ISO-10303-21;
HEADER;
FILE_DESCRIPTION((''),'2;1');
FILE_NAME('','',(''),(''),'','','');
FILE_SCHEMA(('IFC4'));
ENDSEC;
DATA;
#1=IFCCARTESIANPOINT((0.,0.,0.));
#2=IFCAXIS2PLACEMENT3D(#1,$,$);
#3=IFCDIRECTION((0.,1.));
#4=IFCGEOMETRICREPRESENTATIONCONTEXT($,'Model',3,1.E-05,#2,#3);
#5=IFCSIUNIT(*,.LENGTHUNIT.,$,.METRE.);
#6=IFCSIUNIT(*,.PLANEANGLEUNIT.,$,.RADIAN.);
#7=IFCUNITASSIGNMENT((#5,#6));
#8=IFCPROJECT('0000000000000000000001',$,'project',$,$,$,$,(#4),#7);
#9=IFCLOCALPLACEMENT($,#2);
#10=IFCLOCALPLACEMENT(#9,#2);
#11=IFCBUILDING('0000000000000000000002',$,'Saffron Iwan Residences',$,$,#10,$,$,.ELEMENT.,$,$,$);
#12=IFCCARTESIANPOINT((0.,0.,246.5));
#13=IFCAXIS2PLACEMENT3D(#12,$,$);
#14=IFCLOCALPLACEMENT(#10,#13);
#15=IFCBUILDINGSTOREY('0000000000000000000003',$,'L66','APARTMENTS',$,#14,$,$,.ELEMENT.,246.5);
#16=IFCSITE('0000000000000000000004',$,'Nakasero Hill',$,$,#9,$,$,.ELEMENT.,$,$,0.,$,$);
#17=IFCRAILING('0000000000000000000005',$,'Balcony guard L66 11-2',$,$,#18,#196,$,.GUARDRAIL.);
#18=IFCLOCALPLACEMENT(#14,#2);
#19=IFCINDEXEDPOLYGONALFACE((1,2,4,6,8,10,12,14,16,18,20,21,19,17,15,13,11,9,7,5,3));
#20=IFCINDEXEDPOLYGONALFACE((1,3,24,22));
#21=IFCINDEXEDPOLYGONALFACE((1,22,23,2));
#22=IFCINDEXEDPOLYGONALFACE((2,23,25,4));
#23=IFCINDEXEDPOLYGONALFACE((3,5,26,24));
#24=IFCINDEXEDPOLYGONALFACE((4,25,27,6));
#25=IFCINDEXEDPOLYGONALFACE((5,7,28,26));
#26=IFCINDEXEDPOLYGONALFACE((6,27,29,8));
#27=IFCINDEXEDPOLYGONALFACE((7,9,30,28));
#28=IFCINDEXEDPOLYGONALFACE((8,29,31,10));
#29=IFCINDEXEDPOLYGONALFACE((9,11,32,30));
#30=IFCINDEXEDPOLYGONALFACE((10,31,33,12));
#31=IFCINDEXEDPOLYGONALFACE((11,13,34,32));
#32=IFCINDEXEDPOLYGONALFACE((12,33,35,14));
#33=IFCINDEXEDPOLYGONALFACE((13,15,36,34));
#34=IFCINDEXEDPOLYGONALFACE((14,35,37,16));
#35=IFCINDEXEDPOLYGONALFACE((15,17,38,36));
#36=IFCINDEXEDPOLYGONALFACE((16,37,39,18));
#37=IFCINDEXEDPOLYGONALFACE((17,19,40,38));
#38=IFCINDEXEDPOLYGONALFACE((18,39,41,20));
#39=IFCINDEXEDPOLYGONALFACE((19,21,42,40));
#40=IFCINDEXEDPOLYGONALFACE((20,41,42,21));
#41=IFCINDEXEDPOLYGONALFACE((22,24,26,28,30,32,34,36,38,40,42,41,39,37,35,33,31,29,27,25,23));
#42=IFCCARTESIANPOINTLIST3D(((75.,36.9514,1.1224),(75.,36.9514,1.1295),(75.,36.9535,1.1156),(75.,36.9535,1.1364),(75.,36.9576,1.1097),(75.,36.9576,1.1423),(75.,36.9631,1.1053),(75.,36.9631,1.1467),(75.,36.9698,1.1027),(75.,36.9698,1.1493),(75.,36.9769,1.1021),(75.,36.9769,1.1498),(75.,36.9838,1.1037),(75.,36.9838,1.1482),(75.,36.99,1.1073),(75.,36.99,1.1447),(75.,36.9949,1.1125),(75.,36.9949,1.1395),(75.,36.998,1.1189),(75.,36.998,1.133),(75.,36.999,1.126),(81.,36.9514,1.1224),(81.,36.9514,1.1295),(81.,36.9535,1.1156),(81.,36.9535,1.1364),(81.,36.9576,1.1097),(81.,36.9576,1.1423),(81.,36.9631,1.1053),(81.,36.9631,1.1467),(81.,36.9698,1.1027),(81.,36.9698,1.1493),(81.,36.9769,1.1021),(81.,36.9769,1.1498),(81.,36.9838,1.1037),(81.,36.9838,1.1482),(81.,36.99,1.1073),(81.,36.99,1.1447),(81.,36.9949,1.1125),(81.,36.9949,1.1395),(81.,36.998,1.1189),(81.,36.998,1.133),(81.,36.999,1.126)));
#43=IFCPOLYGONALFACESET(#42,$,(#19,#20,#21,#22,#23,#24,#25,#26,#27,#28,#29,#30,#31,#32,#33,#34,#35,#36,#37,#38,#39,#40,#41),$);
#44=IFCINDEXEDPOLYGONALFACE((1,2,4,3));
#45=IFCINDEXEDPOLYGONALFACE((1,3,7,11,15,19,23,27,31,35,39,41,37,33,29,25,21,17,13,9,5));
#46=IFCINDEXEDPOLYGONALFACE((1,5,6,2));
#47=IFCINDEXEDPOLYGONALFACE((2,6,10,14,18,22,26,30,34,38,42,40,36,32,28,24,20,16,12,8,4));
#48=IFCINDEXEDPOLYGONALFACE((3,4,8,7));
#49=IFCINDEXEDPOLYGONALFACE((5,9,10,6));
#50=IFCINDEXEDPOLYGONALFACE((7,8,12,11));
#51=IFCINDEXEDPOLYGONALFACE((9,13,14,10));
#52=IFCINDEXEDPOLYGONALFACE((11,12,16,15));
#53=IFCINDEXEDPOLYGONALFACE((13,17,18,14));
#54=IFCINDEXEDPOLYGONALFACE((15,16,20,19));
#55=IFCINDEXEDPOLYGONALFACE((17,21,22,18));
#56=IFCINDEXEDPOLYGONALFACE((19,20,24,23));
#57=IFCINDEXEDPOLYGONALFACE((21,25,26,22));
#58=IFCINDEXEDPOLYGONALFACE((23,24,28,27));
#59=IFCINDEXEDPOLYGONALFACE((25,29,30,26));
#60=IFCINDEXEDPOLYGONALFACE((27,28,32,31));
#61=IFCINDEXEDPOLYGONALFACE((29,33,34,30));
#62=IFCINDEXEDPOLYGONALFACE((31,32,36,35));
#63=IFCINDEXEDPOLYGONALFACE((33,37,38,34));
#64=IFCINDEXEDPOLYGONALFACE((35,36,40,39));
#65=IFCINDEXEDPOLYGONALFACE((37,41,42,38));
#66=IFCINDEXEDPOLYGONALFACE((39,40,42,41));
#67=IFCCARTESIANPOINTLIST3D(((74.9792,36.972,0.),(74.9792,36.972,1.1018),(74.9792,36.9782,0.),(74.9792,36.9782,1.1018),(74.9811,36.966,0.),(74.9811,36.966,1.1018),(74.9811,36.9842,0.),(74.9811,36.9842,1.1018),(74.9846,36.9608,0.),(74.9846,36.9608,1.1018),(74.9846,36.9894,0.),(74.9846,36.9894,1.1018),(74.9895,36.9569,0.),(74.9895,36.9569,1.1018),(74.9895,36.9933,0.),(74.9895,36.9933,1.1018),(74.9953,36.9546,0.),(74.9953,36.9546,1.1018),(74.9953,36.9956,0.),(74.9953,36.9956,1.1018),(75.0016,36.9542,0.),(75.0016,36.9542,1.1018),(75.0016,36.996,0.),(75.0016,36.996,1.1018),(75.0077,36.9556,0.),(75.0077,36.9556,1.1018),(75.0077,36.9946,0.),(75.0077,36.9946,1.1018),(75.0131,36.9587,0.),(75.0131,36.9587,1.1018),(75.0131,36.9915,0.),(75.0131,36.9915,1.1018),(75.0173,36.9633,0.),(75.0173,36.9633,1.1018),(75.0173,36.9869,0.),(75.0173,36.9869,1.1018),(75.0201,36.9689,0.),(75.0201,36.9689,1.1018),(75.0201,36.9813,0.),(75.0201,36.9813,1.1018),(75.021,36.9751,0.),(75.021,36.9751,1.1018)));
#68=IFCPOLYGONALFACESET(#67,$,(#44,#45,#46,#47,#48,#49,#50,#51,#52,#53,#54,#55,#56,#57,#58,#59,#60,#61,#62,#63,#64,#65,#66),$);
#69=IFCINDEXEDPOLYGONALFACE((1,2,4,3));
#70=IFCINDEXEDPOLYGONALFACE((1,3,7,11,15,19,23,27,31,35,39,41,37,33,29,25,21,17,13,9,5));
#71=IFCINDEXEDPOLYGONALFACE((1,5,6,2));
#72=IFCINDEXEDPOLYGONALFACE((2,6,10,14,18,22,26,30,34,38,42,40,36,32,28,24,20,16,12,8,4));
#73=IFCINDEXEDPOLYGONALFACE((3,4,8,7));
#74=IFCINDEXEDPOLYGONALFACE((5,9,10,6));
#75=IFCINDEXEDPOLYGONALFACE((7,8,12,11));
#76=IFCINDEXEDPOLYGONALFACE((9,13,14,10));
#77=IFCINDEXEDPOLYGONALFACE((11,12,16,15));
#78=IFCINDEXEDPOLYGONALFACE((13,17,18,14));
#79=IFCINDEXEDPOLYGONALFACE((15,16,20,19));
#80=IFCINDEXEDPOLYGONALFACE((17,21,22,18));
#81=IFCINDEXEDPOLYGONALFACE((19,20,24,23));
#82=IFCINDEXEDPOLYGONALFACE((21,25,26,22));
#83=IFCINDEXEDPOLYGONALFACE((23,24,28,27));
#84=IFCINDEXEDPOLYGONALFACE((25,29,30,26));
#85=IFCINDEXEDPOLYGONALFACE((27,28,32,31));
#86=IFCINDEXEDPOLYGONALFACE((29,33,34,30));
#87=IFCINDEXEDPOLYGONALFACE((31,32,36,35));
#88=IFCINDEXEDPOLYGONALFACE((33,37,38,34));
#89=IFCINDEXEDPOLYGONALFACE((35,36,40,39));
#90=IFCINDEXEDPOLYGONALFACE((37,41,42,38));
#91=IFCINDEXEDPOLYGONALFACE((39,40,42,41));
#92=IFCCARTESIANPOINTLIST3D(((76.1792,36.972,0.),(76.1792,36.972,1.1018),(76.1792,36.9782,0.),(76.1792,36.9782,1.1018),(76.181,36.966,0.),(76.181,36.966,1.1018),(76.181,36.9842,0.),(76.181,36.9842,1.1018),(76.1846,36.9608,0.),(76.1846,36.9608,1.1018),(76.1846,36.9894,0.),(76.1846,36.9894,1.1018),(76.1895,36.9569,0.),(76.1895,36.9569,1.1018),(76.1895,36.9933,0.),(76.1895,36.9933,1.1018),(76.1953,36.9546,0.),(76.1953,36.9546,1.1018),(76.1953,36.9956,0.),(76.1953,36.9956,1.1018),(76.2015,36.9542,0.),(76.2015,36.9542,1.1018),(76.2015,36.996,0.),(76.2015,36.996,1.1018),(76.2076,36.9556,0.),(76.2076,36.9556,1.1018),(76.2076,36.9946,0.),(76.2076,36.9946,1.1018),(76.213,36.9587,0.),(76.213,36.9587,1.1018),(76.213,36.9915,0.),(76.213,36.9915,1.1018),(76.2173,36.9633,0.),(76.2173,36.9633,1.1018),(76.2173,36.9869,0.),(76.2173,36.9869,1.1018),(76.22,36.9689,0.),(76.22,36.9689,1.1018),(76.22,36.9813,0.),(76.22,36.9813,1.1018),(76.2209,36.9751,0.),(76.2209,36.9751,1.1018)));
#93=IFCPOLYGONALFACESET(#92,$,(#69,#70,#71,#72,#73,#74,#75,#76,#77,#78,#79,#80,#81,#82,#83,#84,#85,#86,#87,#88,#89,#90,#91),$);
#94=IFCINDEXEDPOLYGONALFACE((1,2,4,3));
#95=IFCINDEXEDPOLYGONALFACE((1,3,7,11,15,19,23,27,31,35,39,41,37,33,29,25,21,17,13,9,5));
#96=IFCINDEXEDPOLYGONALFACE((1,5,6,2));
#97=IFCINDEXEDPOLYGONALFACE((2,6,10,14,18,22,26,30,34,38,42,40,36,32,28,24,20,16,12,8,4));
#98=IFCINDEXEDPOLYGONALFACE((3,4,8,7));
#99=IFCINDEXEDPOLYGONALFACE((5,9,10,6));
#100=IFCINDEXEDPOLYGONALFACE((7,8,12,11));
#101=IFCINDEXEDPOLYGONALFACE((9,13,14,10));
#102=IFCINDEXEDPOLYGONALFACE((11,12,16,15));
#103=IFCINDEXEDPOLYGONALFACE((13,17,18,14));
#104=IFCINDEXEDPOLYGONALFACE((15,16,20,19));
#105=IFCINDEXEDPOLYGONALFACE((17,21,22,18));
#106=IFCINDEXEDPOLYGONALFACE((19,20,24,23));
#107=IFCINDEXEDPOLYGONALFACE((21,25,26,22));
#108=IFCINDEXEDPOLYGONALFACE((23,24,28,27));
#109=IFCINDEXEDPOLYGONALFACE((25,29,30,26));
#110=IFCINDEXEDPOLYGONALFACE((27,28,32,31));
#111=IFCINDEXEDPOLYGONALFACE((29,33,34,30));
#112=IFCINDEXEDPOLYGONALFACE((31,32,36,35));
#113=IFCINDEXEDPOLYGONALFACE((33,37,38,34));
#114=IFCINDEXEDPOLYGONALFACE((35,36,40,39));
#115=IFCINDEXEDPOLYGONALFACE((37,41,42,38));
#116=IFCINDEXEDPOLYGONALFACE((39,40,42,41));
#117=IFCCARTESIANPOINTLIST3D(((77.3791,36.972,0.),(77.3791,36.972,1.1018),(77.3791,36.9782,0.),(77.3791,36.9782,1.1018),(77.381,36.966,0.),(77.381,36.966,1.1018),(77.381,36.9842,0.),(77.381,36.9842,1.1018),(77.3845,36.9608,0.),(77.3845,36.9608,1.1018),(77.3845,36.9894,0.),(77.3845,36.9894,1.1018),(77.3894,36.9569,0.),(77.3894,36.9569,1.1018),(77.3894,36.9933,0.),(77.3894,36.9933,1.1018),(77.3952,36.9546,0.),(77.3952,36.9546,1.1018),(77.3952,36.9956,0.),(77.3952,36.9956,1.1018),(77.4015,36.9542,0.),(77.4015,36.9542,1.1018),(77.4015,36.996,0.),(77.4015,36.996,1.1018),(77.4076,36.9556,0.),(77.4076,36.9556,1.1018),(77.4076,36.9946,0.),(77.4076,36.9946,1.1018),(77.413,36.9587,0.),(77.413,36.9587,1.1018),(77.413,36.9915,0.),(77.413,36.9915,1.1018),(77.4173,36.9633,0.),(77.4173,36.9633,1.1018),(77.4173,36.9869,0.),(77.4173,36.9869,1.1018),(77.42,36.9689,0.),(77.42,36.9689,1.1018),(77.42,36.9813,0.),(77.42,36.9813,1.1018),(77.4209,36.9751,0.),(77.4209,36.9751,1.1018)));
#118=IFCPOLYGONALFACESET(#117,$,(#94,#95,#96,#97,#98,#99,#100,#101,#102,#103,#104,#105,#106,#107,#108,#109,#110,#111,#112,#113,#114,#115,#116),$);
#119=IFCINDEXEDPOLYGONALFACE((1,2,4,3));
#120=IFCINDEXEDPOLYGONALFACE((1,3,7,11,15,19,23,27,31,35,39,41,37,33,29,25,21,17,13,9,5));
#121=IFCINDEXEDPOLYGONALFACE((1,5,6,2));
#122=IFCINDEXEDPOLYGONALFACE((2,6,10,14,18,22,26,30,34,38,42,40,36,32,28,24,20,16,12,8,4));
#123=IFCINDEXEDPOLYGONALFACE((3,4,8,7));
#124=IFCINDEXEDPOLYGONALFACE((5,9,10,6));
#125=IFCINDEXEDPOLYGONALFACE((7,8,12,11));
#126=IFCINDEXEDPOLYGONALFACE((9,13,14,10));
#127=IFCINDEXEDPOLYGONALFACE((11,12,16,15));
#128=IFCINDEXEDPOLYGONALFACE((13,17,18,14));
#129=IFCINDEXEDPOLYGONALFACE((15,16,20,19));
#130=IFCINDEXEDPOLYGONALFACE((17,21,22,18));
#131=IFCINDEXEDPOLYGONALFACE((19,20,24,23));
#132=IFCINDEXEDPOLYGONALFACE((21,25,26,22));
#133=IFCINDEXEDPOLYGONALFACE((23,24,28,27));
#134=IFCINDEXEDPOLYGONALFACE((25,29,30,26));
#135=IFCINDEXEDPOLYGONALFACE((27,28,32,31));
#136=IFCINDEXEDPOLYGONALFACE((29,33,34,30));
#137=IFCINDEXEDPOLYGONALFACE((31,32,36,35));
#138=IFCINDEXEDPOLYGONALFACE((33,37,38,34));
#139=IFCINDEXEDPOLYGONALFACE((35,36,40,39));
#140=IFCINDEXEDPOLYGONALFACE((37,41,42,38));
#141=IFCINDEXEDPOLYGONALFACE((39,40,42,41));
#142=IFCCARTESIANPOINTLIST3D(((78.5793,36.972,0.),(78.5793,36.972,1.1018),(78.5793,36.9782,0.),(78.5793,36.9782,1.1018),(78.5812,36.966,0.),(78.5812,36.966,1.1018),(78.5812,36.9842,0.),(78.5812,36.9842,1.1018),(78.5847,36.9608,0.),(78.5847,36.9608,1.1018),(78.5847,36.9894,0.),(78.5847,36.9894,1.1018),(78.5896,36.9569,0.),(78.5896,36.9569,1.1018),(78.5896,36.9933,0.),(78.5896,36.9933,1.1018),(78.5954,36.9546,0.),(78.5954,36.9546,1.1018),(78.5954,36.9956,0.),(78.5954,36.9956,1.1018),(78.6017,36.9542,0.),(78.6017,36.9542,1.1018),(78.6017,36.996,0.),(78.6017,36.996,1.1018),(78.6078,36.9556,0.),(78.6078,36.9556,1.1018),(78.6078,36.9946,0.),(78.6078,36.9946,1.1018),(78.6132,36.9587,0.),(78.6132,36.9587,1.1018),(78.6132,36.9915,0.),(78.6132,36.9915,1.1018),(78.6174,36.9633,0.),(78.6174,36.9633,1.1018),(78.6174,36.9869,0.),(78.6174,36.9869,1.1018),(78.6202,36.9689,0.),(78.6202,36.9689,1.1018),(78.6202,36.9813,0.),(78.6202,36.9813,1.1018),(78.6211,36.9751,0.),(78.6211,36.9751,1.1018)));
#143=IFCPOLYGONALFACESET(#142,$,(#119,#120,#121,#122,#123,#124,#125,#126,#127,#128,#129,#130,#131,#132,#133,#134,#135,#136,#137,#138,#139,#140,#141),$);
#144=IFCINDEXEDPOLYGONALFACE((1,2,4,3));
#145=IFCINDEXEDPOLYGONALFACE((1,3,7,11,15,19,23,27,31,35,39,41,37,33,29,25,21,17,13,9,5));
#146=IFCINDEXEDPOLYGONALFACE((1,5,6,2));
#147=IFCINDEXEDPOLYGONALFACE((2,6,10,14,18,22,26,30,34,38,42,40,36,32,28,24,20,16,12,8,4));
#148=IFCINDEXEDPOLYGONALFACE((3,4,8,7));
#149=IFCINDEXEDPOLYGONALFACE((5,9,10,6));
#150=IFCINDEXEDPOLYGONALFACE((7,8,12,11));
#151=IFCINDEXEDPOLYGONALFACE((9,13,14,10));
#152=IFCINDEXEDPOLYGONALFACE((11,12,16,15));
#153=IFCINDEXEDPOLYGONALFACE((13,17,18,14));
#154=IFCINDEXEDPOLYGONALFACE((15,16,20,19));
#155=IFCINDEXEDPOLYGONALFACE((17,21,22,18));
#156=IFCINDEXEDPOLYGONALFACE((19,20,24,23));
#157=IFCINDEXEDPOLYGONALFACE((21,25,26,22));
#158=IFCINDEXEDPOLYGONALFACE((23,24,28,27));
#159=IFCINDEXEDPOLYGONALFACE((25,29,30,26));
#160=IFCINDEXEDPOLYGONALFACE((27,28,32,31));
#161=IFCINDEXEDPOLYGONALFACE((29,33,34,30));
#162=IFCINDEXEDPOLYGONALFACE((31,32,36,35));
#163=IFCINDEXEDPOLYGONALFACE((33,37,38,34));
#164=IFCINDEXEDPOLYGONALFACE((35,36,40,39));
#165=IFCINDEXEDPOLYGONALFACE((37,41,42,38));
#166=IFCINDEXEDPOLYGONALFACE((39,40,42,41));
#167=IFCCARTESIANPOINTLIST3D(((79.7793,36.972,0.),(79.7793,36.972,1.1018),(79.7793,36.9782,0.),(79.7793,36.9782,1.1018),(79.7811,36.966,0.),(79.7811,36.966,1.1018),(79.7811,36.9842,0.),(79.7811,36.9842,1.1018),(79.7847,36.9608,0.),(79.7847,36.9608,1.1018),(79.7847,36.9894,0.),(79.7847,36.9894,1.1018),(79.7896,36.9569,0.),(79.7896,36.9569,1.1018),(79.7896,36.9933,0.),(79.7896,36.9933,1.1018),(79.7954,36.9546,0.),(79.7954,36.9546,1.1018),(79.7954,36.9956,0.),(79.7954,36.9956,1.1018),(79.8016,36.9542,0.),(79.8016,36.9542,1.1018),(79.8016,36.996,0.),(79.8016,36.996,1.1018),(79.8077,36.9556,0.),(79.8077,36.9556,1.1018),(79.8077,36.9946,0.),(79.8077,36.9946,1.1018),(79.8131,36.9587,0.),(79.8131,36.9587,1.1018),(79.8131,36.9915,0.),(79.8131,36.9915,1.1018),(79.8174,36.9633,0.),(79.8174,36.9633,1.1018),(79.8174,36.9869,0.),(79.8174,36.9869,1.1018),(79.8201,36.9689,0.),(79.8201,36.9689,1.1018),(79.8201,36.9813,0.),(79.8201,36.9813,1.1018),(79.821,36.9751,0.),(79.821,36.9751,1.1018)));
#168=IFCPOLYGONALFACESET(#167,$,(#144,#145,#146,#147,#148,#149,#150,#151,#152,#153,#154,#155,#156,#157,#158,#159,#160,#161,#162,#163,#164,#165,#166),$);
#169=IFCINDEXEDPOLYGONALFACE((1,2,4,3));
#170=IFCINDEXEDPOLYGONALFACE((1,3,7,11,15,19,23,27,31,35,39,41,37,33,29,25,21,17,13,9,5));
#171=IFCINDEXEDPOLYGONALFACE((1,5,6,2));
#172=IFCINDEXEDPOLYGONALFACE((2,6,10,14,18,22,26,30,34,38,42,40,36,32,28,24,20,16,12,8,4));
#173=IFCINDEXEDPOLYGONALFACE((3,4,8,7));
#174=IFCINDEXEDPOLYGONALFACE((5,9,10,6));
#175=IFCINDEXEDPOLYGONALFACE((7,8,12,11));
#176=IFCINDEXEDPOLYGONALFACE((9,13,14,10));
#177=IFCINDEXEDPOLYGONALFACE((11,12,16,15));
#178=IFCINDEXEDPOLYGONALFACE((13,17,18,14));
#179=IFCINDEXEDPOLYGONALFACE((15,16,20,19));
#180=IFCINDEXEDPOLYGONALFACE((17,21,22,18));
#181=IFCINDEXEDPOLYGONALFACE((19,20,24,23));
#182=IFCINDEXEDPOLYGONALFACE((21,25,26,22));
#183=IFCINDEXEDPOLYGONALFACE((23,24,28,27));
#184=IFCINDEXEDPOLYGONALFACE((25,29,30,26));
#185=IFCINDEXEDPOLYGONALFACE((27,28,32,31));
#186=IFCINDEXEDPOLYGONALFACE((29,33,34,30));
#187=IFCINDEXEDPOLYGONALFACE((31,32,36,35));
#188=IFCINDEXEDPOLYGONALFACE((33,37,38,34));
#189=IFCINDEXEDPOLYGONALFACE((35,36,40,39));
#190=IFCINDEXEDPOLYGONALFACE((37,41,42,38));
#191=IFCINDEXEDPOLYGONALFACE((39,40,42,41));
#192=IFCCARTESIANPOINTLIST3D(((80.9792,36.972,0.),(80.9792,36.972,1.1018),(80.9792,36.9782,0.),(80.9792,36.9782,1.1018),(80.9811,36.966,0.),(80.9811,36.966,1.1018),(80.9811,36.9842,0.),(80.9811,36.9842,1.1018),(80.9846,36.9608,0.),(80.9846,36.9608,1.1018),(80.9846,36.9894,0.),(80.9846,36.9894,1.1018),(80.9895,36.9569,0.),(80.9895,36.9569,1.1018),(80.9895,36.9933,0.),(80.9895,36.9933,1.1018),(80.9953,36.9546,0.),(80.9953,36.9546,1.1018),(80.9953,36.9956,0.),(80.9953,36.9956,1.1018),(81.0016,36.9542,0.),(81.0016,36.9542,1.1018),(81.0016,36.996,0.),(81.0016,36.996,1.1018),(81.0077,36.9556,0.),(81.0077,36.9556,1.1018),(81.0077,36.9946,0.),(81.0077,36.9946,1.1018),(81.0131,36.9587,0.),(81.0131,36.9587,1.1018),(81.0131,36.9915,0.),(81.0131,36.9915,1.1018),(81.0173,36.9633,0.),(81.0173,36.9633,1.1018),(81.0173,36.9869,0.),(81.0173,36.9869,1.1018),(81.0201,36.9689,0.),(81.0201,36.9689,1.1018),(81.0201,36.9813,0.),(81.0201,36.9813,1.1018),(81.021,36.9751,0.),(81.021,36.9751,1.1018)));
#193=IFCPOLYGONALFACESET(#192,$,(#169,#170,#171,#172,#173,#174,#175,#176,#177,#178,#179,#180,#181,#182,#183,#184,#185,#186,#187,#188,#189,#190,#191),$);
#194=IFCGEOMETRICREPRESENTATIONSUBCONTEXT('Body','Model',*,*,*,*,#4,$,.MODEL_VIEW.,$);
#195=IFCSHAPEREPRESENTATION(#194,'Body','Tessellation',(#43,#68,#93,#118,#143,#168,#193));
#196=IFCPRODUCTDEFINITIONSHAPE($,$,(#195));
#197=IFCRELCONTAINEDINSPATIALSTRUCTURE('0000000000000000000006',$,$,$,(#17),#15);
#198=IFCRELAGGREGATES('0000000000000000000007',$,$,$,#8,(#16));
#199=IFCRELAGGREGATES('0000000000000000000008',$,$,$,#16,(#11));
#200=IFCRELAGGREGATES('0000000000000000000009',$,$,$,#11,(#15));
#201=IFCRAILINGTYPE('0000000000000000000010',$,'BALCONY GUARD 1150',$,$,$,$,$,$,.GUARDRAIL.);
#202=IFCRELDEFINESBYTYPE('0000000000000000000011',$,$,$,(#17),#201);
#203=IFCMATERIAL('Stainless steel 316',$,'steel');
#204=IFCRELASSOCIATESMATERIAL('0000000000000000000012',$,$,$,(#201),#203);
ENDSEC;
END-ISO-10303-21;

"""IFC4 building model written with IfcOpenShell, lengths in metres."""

from ifc_helpers import new_model, si_unit, direction, frame, origin, origin_2d, place, context, subcontext, project, spatial, circle, extrude, material, type_object, element, save


model = new_model("IFC4")

# Units and contexts
model_context = context("Model", 3, precision=1e-05, world=origin(), true_north=direction((0.0, 1.0)))
body_context = subcontext(model_context, "Body", "Model", "MODEL_VIEW")
ifc_project = project(units=[si_unit("LENGTHUNIT", "METRE"), si_unit("PLANEANGLEUNIT", "RADIAN")], contexts=[model_context])

# Site, building, storey
site_placement = place(None, origin())
site = spatial("IfcSite", under=ifc_project, at=site_placement, Name="Nakasero Hill", CompositionType="ELEMENT", RefElevation=0.0)
building_placement = place(site_placement, origin())
building = spatial("IfcBuilding", under=site, at=building_placement, Name="Saffron Iwan Residences", CompositionType="ELEMENT")
storey_placement = place(building_placement, frame((0.0, 0.0, 246.5)))
storey = spatial("IfcBuildingStorey", under=building, at=storey_placement, Name="L66", Description="APARTMENTS", CompositionType="ELEMENT", Elevation=246.5)

# Railing
ifc_material_1 = material(Name="Stainless steel 316", Category="steel")
railing_type = type_object("IfcRailingType", Name="BALCONY GUARD 1150", PredefinedType="GUARDRAIL", material=ifc_material_1)
railing_placement = place(storey_placement, frame((75.0, 36.9751, 0.0)))
element("IfcRailing", 1, at=railing_placement, inside=storey, type_object=railing_type, Name="Balcony guard L66 11-2", PredefinedType="GUARDRAIL", context=body_context, shape_type="SweptSolid", body=[
    extrude(circle(Radius=0.0239, at=origin_2d()), frame((0.0, 0.0, 1.126), z_axis=(1.0, 0.0, 0.0), x_axis=(0.0, 1.0, 0.0)), (0.0, 0.0, 1.0), 6.0),
    extrude(circle(Radius=0.021, at=origin_2d()), origin(), (0.0, 0.0, 1.0), 1.1018),
    extrude(circle(Radius=0.021, at=origin_2d()), frame((1.2, 0.0, 0.0)), (0.0, 0.0, 1.0), 1.1018),
    extrude(circle(Radius=0.021, at=origin_2d()), frame((2.3999, 0.0, 0.0)), (0.0, 0.0, 1.0), 1.1018),
    extrude(circle(Radius=0.021, at=origin_2d()), frame((3.6001, 0.0, 0.0)), (0.0, 0.0, 1.0), 1.1018),
    extrude(circle(Radius=0.021, at=origin_2d()), frame((4.8, 0.0, 0.0)), (0.0, 0.0, 1.0), 1.1018),
    extrude(circle(Radius=0.021, at=origin_2d()), frame((6.0, 0.0, 0.0)), (0.0, 0.0, 1.0), 1.1018),
])

save(model, "model.ifc")
